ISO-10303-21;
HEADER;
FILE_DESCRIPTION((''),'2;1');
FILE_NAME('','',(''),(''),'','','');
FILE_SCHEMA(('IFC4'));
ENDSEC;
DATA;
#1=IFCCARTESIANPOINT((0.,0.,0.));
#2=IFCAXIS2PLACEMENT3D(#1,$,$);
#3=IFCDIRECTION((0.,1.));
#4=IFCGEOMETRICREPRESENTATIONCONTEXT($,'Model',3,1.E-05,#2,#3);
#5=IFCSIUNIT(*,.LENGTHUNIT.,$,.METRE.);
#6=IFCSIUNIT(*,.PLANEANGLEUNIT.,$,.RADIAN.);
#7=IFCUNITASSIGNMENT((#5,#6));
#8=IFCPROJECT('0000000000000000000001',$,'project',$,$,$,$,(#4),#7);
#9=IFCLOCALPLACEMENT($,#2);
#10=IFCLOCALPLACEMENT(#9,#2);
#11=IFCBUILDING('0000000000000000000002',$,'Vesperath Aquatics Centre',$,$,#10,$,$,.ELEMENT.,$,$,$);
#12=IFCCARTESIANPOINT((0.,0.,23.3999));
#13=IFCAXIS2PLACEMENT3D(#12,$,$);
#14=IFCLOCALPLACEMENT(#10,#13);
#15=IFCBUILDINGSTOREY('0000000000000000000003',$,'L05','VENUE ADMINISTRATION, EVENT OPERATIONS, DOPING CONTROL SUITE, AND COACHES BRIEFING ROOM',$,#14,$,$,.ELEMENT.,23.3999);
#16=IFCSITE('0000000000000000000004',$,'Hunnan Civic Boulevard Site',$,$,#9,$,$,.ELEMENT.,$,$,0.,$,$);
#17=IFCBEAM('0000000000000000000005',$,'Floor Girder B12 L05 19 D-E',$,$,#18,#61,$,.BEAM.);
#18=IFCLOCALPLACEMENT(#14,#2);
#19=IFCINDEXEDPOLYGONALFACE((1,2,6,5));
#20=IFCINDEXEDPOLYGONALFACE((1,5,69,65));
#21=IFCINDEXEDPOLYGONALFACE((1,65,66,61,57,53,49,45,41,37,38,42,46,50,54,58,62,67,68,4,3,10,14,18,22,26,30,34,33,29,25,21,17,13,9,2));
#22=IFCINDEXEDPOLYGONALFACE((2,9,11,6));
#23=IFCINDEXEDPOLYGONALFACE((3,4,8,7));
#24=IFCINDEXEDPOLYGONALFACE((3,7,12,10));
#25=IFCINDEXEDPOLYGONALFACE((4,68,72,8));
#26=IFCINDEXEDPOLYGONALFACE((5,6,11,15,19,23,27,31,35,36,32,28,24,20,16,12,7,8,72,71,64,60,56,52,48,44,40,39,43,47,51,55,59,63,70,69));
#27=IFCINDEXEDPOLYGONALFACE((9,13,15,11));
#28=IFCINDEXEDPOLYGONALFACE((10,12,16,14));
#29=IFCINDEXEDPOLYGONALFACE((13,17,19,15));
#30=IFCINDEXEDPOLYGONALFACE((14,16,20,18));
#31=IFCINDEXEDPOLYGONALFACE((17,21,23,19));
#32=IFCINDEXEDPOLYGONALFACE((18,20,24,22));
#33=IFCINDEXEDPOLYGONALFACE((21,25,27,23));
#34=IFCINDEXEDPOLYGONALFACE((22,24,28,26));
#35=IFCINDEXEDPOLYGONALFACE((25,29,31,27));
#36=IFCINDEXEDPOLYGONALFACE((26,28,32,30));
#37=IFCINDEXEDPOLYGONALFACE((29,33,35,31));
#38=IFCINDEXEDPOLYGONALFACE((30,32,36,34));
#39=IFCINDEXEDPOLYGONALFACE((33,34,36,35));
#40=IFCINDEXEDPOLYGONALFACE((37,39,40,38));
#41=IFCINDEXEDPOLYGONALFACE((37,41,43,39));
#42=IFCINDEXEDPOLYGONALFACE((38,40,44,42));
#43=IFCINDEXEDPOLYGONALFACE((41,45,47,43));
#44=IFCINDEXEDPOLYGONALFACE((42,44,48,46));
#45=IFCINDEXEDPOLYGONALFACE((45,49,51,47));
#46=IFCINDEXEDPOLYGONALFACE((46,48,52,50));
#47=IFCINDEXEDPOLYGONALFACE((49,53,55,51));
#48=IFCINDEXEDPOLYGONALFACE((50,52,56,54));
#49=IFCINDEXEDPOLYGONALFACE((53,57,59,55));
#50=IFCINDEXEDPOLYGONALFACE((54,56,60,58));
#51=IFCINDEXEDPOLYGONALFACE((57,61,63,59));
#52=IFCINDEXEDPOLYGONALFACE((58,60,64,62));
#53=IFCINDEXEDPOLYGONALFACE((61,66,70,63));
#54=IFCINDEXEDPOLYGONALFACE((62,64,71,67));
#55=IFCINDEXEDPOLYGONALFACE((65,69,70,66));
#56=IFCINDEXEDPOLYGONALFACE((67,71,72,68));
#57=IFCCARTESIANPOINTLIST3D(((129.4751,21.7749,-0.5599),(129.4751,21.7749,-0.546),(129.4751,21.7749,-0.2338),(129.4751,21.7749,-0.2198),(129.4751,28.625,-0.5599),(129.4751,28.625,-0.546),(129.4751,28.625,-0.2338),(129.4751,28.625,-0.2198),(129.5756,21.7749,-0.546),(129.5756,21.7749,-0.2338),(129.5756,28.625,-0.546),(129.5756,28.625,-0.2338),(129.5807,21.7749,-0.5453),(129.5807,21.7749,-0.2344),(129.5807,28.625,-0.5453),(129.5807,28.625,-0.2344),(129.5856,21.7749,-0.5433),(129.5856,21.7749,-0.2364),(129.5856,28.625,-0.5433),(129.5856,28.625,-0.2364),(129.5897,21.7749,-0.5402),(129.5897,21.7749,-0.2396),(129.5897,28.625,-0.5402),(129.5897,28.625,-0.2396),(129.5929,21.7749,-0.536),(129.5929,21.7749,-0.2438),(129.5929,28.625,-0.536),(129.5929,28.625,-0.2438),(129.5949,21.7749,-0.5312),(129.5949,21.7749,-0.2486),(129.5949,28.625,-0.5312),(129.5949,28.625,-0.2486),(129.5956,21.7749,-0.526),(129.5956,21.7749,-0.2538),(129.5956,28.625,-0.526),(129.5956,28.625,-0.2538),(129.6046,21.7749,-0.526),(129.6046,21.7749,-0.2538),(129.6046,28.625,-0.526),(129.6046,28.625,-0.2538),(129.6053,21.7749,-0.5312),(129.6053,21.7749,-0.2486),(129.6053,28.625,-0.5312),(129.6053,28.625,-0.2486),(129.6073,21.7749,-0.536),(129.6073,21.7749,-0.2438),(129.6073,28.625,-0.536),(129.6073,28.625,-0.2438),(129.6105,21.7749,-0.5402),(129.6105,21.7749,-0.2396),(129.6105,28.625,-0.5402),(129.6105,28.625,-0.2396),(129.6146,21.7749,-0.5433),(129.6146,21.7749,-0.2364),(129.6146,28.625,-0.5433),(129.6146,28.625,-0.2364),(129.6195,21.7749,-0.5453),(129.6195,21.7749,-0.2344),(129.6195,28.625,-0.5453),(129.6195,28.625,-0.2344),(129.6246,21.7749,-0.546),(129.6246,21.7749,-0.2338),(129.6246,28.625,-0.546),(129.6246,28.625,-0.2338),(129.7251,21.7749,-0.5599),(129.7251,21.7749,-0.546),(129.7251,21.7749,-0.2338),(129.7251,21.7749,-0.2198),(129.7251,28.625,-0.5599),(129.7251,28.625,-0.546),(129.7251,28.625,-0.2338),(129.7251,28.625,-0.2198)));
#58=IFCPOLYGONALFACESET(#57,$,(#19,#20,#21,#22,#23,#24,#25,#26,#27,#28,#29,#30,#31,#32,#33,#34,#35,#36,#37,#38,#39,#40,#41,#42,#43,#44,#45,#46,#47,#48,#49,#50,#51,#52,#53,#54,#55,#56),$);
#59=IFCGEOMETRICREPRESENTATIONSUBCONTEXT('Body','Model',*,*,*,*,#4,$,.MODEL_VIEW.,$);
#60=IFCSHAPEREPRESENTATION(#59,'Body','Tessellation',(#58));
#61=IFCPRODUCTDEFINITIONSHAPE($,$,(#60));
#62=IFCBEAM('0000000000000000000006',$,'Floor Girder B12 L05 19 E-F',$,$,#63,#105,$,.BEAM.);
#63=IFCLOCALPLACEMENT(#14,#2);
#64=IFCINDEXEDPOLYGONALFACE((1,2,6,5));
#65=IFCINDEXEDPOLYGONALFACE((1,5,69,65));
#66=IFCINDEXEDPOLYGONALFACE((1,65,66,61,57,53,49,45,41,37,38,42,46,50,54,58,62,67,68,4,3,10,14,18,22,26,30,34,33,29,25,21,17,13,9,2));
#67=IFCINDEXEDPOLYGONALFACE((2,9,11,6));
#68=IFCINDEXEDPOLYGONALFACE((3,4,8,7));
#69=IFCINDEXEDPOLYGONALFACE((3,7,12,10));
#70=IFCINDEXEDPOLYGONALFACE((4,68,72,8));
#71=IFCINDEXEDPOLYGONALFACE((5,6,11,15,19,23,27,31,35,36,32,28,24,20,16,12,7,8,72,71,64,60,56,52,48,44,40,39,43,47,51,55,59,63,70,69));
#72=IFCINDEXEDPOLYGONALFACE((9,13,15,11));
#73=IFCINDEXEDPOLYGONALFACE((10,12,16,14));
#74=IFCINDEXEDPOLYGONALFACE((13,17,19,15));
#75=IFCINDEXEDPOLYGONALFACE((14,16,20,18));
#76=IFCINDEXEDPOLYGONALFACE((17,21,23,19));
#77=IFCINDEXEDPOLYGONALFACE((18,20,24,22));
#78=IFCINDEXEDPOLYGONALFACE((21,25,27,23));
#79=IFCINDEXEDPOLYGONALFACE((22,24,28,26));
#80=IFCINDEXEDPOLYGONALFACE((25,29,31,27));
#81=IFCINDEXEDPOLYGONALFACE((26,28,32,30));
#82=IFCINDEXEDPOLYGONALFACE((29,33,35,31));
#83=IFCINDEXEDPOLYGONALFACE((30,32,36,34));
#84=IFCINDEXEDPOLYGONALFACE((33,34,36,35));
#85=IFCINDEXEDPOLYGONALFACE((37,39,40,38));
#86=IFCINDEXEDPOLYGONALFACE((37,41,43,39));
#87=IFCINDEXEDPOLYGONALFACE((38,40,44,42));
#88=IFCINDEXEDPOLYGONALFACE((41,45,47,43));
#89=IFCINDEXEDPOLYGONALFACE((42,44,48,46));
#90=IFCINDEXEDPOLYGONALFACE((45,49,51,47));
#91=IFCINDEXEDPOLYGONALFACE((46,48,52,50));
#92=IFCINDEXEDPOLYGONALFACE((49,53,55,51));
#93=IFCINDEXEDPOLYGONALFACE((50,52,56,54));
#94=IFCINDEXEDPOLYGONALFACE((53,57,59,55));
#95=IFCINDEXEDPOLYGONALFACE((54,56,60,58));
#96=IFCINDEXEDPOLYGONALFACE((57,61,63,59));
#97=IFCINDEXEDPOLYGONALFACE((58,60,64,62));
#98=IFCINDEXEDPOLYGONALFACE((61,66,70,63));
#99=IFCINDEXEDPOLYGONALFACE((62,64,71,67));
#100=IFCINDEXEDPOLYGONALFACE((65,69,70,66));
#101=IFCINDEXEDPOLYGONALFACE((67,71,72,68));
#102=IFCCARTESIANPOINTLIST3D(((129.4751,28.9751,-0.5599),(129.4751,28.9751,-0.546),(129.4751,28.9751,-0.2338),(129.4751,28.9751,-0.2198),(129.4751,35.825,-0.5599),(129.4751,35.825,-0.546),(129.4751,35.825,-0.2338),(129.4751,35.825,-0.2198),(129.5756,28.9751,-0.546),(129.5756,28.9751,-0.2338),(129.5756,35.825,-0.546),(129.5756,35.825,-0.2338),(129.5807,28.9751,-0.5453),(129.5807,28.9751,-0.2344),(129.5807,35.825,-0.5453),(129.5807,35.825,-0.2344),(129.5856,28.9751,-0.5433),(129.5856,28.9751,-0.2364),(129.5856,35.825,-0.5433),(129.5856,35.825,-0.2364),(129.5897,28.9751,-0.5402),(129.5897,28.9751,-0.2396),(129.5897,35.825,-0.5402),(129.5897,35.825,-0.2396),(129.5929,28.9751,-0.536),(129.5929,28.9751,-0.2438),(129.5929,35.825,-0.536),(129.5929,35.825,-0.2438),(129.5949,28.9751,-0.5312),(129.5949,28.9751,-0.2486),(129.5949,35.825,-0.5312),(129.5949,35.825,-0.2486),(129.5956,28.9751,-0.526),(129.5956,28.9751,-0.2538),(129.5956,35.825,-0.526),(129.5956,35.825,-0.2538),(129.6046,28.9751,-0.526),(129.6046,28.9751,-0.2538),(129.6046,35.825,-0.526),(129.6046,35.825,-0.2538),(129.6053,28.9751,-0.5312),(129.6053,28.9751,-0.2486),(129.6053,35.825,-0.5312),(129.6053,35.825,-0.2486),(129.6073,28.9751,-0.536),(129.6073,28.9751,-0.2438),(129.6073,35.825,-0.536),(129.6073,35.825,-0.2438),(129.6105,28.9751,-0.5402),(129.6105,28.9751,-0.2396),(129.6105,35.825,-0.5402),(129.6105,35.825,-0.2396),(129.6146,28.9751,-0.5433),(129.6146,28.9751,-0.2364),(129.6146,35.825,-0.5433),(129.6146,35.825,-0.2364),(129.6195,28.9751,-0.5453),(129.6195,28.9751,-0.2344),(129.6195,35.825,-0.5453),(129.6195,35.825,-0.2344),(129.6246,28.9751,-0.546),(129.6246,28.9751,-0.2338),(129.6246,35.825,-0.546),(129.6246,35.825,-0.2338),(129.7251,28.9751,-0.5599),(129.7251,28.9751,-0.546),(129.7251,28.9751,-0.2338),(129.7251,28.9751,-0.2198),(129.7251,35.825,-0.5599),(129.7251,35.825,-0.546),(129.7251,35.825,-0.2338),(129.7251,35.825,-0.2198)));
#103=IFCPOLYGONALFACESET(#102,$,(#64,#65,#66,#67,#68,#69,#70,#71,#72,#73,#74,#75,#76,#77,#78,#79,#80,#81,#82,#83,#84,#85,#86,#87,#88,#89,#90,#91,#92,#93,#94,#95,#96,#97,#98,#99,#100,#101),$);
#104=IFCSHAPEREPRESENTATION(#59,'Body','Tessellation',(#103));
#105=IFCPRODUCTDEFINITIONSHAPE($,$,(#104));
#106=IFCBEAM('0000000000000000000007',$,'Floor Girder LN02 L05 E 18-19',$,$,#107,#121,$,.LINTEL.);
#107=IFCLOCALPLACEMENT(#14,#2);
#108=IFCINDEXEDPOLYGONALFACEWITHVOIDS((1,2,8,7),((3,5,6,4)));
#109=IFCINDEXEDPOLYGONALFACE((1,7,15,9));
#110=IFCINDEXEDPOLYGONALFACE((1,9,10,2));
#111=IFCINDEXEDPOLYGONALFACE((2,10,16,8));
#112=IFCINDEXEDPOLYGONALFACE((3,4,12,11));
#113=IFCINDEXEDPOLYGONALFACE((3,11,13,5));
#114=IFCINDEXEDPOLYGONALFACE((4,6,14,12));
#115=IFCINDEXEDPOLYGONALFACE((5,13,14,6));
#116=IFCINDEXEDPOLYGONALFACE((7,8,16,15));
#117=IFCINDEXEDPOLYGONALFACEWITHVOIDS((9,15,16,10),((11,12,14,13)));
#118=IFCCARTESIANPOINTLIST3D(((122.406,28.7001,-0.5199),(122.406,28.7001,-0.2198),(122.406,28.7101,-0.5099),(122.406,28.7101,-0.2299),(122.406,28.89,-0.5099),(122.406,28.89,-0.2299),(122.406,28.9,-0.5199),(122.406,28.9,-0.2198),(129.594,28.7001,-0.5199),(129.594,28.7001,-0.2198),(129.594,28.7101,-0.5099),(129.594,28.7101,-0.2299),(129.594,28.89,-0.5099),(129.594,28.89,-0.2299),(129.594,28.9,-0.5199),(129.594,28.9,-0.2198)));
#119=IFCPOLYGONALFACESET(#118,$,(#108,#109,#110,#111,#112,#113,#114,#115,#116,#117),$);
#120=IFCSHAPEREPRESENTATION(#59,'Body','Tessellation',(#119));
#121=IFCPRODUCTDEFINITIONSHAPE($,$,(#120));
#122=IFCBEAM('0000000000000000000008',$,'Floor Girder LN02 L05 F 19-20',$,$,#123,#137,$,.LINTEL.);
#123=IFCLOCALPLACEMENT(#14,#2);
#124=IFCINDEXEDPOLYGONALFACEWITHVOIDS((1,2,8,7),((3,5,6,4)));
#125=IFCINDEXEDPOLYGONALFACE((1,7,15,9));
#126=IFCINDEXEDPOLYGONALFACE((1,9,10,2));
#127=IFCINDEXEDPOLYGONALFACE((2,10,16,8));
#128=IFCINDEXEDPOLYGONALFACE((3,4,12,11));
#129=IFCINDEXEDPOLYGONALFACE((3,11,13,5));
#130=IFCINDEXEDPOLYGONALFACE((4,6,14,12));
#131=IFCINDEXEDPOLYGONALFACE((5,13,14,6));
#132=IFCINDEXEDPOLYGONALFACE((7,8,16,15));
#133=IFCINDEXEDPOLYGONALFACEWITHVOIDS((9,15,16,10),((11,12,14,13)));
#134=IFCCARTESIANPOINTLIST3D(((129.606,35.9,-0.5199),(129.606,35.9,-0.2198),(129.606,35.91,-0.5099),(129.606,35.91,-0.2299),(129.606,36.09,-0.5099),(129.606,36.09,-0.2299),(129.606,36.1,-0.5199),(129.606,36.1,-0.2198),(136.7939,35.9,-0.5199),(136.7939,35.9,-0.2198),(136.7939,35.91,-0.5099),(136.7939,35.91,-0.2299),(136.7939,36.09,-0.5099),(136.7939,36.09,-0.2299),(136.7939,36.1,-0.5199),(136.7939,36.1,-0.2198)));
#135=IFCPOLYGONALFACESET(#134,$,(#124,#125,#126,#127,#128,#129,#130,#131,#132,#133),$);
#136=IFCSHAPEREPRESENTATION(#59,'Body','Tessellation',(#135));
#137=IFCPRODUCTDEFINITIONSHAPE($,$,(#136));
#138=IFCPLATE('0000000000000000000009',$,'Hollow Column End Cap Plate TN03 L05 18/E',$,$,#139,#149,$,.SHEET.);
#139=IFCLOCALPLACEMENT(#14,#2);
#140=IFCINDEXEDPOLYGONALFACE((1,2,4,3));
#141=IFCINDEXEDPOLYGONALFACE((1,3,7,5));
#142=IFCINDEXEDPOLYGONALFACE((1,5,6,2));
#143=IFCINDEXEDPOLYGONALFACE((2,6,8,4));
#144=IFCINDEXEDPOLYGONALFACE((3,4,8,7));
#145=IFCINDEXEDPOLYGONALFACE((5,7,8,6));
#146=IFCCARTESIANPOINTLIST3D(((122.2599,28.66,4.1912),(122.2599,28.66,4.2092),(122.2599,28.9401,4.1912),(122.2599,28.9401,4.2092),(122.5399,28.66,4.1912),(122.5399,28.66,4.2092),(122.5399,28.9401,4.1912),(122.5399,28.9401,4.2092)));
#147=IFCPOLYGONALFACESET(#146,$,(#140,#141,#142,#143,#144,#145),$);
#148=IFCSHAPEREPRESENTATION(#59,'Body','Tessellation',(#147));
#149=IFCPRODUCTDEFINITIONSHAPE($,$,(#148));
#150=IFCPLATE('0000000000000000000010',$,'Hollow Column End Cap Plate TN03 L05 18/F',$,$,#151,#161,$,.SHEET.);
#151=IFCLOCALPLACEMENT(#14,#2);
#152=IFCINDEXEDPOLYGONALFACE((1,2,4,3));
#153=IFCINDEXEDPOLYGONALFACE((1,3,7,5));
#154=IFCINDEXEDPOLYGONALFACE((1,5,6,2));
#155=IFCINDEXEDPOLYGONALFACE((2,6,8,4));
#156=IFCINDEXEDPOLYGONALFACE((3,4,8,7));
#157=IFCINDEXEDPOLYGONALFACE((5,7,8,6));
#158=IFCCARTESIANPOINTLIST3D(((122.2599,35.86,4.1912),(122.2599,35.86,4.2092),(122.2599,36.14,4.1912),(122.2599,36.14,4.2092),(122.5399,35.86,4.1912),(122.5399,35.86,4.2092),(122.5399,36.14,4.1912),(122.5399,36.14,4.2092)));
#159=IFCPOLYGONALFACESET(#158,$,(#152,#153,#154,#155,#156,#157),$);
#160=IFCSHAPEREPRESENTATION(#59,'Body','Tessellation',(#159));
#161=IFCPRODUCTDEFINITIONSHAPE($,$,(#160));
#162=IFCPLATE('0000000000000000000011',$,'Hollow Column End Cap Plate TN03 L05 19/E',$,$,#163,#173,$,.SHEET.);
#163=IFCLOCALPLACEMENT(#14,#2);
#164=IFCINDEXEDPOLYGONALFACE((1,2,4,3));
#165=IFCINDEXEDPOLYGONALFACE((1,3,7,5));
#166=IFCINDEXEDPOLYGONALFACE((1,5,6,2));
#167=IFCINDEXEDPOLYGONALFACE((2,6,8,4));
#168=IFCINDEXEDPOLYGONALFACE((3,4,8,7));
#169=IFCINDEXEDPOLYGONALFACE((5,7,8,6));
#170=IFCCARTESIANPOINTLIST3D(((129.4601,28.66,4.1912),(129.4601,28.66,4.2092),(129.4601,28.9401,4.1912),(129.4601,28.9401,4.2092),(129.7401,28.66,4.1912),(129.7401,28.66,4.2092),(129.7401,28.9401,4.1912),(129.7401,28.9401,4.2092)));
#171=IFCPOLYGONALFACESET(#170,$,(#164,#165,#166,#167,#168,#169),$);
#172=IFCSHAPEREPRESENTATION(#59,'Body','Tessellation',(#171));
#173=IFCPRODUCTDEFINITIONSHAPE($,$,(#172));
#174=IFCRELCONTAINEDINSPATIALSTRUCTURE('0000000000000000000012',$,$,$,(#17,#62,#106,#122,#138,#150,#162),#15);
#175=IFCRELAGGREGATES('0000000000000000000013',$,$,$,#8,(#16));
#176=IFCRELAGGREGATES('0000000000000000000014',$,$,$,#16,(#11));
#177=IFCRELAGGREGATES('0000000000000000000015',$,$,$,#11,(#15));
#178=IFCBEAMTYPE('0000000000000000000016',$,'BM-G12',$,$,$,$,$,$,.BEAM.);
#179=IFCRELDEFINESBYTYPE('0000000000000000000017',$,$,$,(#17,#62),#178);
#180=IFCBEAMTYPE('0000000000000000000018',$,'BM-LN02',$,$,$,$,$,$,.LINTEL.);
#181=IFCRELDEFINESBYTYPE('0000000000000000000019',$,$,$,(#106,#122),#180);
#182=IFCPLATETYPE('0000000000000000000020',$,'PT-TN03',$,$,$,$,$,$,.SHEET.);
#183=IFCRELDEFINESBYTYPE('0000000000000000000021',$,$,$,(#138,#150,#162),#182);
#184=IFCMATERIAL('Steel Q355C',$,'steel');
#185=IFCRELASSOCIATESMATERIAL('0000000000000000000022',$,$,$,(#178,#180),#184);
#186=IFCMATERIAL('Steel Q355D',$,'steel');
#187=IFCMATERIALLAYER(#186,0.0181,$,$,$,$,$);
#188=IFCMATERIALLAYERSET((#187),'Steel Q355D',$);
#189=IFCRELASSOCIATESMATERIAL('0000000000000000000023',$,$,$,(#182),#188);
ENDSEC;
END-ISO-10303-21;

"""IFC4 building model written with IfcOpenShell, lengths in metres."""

from ifc_helpers import new_model, si_unit, direction, frame, origin, origin_2d, place, context, subcontext, project, spatial, rectangle, hollow_rectangle, i_section, extrude, material, layer, layer_set, material_profile, profile_set, type_object, element, save


model = new_model("IFC4")

# Units and contexts
model_context = context("Model", 3, precision=1e-05, world=origin(), true_north=direction((0.0, 1.0)))
body_context = subcontext(model_context, "Body", "Model", "MODEL_VIEW")
ifc_project = project(units=[si_unit("LENGTHUNIT", "METRE"), si_unit("PLANEANGLEUNIT", "RADIAN")], contexts=[model_context])

# Site, building, storey
site_placement = place(None, origin())
site = spatial("IfcSite", under=ifc_project, at=site_placement, Name="Hunnan Civic Boulevard Site", CompositionType="ELEMENT", RefElevation=0.0)
building_placement = place(site_placement, origin())
building = spatial("IfcBuilding", under=site, at=building_placement, Name="Vesperath Aquatics Centre", CompositionType="ELEMENT")
storey_placement = place(building_placement, frame((0.0, 0.0, 23.3999)))
storey = spatial("IfcBuildingStorey", under=building, at=storey_placement, Name="L05", Description="VENUE ADMINISTRATION, EVENT OPERATIONS, DOPING CONTROL SUITE, AND COACHES BRIEFING ROOM", CompositionType="ELEMENT", Elevation=23.3999)

# Shared definitions
ifc_material_1 = material(Name="Steel Q355C", Category="steel")

# Beams
ifc_material_profile_1 = material_profile(ifc_material_1, i_section(OverallWidth=0.25, OverallDepth=0.3401, WebThickness=0.009, FlangeThickness=0.0139, FilletRadius=0.02, at=origin_2d()), Name="HM 340x250x9x14")
ifc_profile_set_1 = profile_set([ifc_material_profile_1], Name="Steel Q355C")
beam_type_1 = type_object("IfcBeamType", Name="BM-G12", PredefinedType="BEAM", material=ifc_profile_set_1)
beam_1_placement = place(storey_placement, frame((129.6001, 21.7749, -0.3899), z_axis=(0.0, 1.0, 0.0), x_axis=(-1.0, 0.0, 0.0)))
element("IfcBeam", 1, at=beam_1_placement, inside=storey, type_object=beam_type_1, Name="Floor Girder B12 L05 19 D-E", PredefinedType="BEAM", context=body_context, shape_type="SweptSolid", body=[
    extrude(i_section(OverallWidth=0.25, OverallDepth=0.3401, WebThickness=0.009, FlangeThickness=0.0139, FilletRadius=0.02, at=origin_2d()), origin(), (0.0, 0.0, 1.0), 6.8501),
])
beam_2_placement = place(storey_placement, frame((129.6001, 28.9751, -0.3899), z_axis=(0.0, 1.0, 0.0), x_axis=(-1.0, 0.0, 0.0)))
element("IfcBeam", 2, at=beam_2_placement, inside=storey, type_object=beam_type_1, Name="Floor Girder B12 L05 19 E-F", PredefinedType="BEAM", context=body_context, shape_type="SweptSolid", body=[
    extrude(i_section(OverallWidth=0.25, OverallDepth=0.3401, WebThickness=0.009, FlangeThickness=0.0139, FilletRadius=0.02, at=origin_2d()), origin(), (0.0, 0.0, 1.0), 6.8499),
])
ifc_material_profile_2 = material_profile(ifc_material_1, hollow_rectangle(XDim=0.2, YDim=0.3, WallThickness=0.01, at=origin_2d()), Name="RHS 300x200x10")
ifc_profile_set_2 = profile_set([ifc_material_profile_2], Name="Steel Q355C")
beam_type_2 = type_object("IfcBeamType", Name="BM-LN02", PredefinedType="LINTEL", material=ifc_profile_set_2)
for number, where, z_axis, x_axis, name in (
    (3, (122.406, 28.8, -0.3699), (1.0, 0.0, 0.0), (0.0, 1.0, 0.0), "Floor Girder LN02 L05 E 18-19"),
    (4, (129.606, 36.0, -0.3699), (1.0, 0.0, 0.0), (0.0, 1.0, 0.0), "Floor Girder LN02 L05 F 19-20"),
):
    element("IfcBeam", number, at=place(storey_placement, frame(where, z_axis=z_axis, x_axis=x_axis)), inside=storey, type_object=beam_type_2, Name=name, PredefinedType="LINTEL", context=body_context, shape_type="SweptSolid", body=[
        extrude(hollow_rectangle(XDim=0.2, YDim=0.3, WallThickness=0.01, at=origin_2d()), origin(), (0.0, 0.0, 1.0), 7.188),
    ])

# Plates
ifc_material_2 = material(Name="Steel Q355D", Category="steel")
ifc_layer_1 = layer(ifc_material_2, 0.0181)
ifc_layer_set_1 = layer_set([ifc_layer_1], Name="Steel Q355D")
plate_type = type_object("IfcPlateType", Name="PT-TN03", PredefinedType="SHEET", material=ifc_layer_set_1)
for number, where, z_axis, x_axis, name in (
    (5, (122.3999, 28.8, 4.1912), (0.0, 0.0, 1.0), (1.0, 0.0, 0.0), "Hollow Column End Cap Plate TN03 L05 18/E"),
    (6, (122.3999, 36.0, 4.1912), (0.0, 0.0, 1.0), (1.0, 0.0, 0.0), "Hollow Column End Cap Plate TN03 L05 18/F"),
    (7, (129.6001, 28.8, 4.1912), (0.0, 0.0, 1.0), (1.0, 0.0, 0.0), "Hollow Column End Cap Plate TN03 L05 19/E"),
):
    element("IfcPlate", number, at=place(storey_placement, frame(where, z_axis=z_axis, x_axis=x_axis)), inside=storey, type_object=plate_type, Name=name, PredefinedType="SHEET", context=body_context, shape_type="SweptSolid", body=[
        extrude(rectangle(XDim=0.28, YDim=0.28, at=origin_2d()), origin(), (0.0, 0.0, 1.0), 0.0181),
    ])

save(model, "model.ifc")
